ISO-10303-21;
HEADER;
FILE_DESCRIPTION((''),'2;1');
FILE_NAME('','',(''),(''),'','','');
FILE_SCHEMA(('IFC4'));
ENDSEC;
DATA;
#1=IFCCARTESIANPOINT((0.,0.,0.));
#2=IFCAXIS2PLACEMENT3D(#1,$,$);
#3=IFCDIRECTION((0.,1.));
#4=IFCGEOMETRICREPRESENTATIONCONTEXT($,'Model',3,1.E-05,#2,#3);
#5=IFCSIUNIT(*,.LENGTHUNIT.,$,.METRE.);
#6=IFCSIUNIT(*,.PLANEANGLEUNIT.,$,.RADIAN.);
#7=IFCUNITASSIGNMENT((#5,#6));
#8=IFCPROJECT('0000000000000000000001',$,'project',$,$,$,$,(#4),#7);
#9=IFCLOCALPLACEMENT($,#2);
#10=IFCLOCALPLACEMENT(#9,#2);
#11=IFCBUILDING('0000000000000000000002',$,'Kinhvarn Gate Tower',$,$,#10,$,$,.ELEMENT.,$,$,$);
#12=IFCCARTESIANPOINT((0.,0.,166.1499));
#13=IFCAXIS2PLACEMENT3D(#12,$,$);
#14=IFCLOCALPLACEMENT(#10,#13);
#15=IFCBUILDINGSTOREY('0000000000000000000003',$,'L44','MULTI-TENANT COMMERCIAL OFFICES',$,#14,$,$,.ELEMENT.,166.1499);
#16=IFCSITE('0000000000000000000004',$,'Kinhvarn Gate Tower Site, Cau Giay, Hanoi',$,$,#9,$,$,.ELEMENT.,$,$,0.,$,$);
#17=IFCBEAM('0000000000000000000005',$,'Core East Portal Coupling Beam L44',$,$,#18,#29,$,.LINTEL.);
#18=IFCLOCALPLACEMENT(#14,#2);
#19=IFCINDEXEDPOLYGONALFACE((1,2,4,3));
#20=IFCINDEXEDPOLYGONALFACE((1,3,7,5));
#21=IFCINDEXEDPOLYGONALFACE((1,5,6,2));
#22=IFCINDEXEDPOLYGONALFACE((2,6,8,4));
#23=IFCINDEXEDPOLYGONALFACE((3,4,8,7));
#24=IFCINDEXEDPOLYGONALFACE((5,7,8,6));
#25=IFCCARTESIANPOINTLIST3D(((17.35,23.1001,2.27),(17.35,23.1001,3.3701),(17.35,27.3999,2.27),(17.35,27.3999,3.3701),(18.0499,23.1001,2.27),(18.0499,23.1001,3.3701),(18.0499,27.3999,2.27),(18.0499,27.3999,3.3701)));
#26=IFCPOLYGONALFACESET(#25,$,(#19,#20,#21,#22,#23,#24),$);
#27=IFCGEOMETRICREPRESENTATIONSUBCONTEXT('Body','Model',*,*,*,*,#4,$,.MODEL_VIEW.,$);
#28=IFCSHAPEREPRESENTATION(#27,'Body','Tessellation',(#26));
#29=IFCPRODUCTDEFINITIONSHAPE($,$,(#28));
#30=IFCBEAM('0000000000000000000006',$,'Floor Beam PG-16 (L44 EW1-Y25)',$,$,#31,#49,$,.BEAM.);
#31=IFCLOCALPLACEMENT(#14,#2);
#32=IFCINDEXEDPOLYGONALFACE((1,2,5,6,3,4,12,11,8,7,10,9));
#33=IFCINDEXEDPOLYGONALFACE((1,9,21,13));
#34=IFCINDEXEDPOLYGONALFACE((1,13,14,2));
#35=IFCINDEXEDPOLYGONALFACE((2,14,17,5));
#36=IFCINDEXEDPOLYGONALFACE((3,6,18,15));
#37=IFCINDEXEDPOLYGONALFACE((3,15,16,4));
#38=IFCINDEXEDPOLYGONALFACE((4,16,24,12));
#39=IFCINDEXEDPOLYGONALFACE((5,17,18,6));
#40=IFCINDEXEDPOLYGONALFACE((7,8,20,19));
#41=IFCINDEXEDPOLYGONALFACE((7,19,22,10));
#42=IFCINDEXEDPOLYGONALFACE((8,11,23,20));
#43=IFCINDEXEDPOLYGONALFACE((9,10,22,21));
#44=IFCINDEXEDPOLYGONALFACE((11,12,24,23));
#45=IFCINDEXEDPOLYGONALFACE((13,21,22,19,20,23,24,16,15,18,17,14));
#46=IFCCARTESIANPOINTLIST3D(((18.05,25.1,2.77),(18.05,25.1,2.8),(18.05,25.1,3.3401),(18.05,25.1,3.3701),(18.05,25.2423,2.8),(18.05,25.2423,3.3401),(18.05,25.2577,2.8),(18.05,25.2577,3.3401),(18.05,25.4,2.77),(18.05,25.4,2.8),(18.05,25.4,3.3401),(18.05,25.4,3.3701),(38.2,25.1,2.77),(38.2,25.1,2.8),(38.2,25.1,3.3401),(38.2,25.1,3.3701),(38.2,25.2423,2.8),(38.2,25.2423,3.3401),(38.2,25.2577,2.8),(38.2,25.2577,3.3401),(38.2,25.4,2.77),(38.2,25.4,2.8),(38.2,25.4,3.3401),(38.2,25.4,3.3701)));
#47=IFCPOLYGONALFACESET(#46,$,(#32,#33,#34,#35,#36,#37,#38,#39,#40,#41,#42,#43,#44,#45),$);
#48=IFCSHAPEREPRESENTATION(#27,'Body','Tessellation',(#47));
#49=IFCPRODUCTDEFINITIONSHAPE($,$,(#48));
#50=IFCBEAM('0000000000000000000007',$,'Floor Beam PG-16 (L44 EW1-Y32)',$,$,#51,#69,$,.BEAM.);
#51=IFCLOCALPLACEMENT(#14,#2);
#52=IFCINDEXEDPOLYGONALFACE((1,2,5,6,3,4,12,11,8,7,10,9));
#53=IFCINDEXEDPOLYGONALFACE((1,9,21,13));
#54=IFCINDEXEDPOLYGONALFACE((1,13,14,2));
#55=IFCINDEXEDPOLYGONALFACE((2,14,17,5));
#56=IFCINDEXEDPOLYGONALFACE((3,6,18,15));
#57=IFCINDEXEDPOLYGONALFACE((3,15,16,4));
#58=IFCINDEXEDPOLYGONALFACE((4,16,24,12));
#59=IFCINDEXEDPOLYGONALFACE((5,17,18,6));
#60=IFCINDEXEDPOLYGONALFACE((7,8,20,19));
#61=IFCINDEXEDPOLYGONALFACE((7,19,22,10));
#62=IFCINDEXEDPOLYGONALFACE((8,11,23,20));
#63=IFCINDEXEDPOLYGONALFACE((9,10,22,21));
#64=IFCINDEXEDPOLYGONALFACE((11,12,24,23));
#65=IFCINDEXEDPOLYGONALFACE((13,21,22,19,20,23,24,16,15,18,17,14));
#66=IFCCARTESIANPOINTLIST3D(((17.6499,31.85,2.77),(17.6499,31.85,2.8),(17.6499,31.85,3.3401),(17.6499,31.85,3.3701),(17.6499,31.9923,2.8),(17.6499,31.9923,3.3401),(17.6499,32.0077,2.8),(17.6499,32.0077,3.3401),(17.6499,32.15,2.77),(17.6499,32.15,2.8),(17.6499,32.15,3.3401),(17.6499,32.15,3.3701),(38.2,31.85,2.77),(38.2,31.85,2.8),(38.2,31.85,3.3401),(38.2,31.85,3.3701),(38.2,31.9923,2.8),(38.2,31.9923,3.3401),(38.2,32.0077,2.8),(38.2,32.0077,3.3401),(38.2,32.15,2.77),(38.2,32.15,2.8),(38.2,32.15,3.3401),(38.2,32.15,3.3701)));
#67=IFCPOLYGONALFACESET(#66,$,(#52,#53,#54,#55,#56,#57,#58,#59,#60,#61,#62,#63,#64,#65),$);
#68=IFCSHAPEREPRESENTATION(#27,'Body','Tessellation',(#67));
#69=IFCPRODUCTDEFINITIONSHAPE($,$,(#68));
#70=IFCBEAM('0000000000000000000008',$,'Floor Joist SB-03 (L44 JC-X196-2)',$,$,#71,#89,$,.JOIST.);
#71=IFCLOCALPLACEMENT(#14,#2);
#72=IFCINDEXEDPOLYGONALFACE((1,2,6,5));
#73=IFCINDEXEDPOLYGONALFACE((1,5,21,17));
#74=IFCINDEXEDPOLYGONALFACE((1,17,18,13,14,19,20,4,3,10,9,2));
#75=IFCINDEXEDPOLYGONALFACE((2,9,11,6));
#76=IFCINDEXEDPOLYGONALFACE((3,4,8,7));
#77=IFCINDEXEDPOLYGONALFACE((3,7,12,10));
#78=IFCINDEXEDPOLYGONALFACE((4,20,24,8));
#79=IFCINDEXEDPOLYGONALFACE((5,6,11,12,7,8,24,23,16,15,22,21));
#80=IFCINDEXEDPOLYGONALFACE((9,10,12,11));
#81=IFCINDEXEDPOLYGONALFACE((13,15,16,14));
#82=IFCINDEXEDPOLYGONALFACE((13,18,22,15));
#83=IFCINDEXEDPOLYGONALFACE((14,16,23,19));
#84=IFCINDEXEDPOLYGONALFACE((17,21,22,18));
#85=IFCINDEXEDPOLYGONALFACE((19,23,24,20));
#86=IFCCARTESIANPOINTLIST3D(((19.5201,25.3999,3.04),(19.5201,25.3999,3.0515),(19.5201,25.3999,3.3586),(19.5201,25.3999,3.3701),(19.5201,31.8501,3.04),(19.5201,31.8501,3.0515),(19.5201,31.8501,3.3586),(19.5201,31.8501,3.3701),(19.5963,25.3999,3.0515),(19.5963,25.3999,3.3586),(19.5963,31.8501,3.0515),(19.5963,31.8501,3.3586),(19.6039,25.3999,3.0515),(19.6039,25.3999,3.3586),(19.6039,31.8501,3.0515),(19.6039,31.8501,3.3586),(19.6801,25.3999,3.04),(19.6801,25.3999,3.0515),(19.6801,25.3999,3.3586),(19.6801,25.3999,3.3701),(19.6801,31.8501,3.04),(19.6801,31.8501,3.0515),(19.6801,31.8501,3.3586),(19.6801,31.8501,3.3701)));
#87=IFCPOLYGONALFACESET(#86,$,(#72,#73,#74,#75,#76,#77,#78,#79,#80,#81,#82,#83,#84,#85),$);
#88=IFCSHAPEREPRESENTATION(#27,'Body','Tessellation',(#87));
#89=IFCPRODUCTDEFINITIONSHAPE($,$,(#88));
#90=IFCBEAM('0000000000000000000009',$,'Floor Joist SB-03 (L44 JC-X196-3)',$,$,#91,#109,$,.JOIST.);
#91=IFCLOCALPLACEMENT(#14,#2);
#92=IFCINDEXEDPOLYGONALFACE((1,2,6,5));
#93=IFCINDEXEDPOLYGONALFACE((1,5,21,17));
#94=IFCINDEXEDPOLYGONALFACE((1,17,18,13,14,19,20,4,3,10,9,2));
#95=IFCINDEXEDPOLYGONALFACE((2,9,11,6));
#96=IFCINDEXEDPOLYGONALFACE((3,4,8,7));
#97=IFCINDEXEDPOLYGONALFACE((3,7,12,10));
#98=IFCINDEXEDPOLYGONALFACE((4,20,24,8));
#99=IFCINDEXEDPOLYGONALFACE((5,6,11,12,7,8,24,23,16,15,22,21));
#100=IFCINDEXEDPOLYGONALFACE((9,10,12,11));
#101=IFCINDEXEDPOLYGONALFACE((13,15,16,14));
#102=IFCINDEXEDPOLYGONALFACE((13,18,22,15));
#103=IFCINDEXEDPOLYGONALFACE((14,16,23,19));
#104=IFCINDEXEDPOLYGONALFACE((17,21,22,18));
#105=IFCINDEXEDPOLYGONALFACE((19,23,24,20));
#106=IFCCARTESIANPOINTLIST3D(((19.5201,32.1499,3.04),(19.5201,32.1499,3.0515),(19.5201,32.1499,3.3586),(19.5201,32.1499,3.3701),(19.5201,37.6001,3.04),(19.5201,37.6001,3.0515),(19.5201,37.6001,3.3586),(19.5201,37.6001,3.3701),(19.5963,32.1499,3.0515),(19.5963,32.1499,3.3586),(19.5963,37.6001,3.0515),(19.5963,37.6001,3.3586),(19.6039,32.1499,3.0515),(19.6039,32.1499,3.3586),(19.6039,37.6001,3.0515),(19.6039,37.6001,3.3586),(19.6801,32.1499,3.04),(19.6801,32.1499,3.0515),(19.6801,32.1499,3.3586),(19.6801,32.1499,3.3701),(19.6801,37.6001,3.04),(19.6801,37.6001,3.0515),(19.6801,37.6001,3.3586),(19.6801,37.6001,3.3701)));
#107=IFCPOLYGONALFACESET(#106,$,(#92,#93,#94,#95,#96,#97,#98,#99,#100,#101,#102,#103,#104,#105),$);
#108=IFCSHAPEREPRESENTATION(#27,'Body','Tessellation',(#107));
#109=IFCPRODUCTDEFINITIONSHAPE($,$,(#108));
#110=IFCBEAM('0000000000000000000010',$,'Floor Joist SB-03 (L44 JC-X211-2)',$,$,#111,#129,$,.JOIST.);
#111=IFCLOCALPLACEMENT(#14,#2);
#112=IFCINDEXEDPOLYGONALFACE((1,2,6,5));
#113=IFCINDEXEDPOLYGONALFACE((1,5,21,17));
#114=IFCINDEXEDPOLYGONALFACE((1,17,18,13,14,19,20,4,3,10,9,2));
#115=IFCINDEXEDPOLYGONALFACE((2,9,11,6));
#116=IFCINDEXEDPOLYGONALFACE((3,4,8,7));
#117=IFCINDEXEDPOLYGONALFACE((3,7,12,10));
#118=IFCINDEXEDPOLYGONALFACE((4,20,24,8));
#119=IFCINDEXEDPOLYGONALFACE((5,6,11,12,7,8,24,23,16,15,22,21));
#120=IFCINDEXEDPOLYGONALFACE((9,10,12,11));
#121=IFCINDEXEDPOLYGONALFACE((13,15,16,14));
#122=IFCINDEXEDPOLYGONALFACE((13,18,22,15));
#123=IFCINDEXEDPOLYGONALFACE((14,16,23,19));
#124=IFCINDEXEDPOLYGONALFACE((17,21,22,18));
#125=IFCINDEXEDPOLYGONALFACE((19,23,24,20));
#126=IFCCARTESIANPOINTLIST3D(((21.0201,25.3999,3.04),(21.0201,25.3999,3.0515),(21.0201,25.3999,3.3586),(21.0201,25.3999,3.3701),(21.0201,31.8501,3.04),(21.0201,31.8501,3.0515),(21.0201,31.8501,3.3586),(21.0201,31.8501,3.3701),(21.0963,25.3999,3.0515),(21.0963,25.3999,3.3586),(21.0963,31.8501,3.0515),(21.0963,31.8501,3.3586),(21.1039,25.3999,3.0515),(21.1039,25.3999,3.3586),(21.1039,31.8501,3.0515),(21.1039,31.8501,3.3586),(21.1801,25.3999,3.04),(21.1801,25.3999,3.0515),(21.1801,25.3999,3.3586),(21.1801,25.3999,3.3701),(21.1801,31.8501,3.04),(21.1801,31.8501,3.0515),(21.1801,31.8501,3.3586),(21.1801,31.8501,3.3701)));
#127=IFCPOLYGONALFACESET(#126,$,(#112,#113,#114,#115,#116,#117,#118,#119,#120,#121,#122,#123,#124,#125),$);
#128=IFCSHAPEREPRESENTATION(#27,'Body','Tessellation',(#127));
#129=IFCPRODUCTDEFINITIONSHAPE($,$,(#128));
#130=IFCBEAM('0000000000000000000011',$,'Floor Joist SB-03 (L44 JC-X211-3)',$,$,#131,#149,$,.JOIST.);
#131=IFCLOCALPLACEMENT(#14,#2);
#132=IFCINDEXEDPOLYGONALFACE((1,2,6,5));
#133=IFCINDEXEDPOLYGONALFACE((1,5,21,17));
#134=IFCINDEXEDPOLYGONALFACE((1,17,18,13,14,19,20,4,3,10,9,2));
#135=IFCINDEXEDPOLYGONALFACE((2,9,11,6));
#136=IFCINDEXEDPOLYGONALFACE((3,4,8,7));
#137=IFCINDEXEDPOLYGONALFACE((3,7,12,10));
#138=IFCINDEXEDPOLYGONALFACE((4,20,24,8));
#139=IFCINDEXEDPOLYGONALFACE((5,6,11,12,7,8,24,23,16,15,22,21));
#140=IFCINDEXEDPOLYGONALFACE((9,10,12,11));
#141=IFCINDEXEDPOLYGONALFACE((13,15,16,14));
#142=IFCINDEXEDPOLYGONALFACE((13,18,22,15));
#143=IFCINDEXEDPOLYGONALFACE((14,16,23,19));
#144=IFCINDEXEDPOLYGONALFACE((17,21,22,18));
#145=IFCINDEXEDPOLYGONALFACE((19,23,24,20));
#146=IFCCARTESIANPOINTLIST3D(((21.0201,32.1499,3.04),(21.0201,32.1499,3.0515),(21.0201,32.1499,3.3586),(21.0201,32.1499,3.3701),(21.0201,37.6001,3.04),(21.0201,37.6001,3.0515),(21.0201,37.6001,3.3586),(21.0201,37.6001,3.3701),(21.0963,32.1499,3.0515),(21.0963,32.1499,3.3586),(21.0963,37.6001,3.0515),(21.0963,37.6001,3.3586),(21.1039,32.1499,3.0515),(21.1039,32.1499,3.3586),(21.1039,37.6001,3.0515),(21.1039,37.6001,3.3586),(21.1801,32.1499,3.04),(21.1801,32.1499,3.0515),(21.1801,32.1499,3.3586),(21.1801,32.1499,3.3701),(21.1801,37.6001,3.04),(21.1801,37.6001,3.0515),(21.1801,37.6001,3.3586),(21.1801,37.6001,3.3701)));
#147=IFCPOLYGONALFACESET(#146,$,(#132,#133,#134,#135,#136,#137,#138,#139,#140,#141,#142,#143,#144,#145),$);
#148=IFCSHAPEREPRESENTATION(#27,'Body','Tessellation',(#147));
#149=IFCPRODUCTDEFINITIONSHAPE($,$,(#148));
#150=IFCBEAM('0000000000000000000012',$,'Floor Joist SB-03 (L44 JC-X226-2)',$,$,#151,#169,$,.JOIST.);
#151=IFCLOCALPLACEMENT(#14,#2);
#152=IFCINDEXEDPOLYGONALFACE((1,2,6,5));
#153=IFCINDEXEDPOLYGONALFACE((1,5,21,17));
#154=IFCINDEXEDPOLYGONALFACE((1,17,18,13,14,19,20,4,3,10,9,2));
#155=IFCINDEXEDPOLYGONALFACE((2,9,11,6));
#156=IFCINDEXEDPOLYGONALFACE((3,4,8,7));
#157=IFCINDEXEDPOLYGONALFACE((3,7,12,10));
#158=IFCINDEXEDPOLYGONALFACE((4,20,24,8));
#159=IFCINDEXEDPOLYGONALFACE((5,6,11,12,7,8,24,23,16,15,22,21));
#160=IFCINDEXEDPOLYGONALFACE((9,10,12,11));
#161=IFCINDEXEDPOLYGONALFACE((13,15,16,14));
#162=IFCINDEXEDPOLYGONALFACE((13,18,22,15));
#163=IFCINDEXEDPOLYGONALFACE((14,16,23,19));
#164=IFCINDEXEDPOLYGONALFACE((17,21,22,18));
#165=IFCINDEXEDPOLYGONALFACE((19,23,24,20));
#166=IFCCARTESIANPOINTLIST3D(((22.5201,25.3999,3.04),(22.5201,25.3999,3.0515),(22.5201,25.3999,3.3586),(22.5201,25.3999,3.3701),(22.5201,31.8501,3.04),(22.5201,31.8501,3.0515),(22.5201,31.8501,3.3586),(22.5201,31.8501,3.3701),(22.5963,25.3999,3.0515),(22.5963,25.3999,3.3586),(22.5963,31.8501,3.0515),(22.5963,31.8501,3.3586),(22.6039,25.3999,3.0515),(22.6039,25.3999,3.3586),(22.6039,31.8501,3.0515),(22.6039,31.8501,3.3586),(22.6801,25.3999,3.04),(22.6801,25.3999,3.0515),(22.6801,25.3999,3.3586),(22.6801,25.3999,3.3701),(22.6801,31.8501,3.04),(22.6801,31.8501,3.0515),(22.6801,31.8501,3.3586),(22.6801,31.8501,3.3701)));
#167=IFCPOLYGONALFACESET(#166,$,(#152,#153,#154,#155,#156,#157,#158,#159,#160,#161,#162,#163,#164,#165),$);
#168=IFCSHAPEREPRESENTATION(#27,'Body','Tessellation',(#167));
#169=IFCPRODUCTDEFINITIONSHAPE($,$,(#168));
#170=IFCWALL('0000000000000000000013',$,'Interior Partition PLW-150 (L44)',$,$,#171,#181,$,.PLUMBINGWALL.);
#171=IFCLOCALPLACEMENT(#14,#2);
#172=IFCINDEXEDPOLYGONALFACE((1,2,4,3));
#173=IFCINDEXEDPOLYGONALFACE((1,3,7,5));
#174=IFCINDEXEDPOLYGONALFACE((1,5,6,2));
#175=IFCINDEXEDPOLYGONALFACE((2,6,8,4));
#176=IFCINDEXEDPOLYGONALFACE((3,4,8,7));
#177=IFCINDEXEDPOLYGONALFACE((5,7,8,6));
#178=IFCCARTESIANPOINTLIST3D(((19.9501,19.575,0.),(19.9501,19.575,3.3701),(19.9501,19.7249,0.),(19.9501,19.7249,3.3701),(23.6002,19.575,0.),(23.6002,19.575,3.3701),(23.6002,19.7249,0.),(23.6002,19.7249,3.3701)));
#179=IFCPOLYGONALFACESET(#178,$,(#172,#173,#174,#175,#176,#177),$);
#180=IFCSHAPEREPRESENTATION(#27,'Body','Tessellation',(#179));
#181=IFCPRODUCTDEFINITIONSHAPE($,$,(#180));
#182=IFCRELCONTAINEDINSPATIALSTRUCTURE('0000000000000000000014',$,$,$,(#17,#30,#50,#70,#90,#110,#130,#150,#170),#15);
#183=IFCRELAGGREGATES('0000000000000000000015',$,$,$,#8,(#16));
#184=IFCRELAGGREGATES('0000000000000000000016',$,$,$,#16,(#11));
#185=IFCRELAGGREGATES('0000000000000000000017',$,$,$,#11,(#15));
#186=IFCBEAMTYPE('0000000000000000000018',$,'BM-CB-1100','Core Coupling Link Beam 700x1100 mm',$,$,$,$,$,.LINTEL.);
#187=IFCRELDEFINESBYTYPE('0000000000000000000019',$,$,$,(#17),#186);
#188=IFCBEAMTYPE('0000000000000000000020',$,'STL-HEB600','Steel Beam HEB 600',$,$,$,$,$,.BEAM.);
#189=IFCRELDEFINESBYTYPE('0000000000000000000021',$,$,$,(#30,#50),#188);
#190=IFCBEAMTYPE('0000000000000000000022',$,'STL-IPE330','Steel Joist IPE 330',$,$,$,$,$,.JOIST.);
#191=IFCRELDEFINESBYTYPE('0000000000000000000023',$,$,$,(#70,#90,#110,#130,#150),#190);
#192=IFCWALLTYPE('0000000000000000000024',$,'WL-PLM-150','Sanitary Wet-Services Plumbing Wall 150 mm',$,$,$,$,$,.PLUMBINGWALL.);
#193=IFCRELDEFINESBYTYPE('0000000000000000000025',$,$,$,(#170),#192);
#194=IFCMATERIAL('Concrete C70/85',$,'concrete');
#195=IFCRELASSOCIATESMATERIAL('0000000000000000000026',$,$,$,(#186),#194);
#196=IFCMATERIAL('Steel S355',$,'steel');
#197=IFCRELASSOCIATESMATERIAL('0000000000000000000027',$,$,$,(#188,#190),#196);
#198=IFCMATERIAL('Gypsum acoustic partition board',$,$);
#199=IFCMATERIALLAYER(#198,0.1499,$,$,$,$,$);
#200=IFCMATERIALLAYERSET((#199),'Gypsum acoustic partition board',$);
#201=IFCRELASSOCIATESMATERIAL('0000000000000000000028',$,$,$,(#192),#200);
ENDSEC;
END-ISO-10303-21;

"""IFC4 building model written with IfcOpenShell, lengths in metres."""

from ifc_helpers import new_model, si_unit, direction, frame, frame_2d, origin, origin_2d, place, context, subcontext, project, spatial, rectangle, i_section, extrude, material, layer, layer_set, material_profile, profile_set, type_object, element, save


model = new_model("IFC4")

# Units and contexts
model_context = context("Model", 3, precision=1e-05, world=origin(), true_north=direction((0.0, 1.0)))
body_context = subcontext(model_context, "Body", "Model", "MODEL_VIEW")
ifc_project = project(units=[si_unit("LENGTHUNIT", "METRE"), si_unit("PLANEANGLEUNIT", "RADIAN")], contexts=[model_context])

# Site, building, storey
site_placement = place(None, origin())
site = spatial("IfcSite", under=ifc_project, at=site_placement, Name="Kinhvarn Gate Tower Site, Cau Giay, Hanoi", CompositionType="ELEMENT", RefElevation=0.0)
building_placement = place(site_placement, origin())
building = spatial("IfcBuilding", under=site, at=building_placement, Name="Kinhvarn Gate Tower", CompositionType="ELEMENT")
storey_placement = place(building_placement, frame((0.0, 0.0, 166.1499)))
storey = spatial("IfcBuildingStorey", under=building, at=storey_placement, Name="L44", Description="MULTI-TENANT COMMERCIAL OFFICES", CompositionType="ELEMENT", Elevation=166.1499)

# Beams
ifc_material_1 = material(Name="Concrete C70/85", Category="concrete")
ifc_material_profile_1 = material_profile(ifc_material_1, rectangle(XDim=0.7, YDim=1.1001, at=origin_2d()), Name="RC 700x1100")
ifc_profile_set_1 = profile_set([ifc_material_profile_1], Name="Concrete C70/85")
beam_type_1 = type_object("IfcBeamType", Name="BM-CB-1100", Description="Core Coupling Link Beam 700x1100 mm", PredefinedType="LINTEL", material=ifc_profile_set_1)
beam_1_placement = place(storey_placement, frame((17.7, 23.1001, 2.8201), z_axis=(0.0, 1.0, 0.0), x_axis=(-1.0, 0.0, 0.0)))
element("IfcBeam", 1, at=beam_1_placement, inside=storey, type_object=beam_type_1, Name="Core East Portal Coupling Beam L44", PredefinedType="LINTEL", context=body_context, shape_type="SweptSolid", body=[
    extrude(rectangle(XDim=0.7, YDim=1.1001, at=origin_2d()), origin(), (0.0, 0.0, 1.0), 4.2998),
])
ifc_material_2 = material(Name="Steel S355", Category="steel")
ifc_material_profile_2 = material_profile(ifc_material_2, i_section(OverallWidth=0.3, OverallDepth=0.6001, WebThickness=0.0154, FlangeThickness=0.03, at=origin_2d()), Name="HEB 600")
ifc_profile_set_2 = profile_set([ifc_material_profile_2], Name="Steel S355")
beam_type_2 = type_object("IfcBeamType", Name="STL-HEB600", Description="Steel Beam HEB 600", PredefinedType="BEAM", material=ifc_profile_set_2)
beam_2_placement = place(storey_placement, frame((18.05, 25.25, 3.0701), z_axis=(1.0, 0.0, 0.0), x_axis=(0.0, 1.0, 0.0)))
element("IfcBeam", 2, at=beam_2_placement, inside=storey, type_object=beam_type_2, Name="Floor Beam PG-16 (L44 EW1-Y25)", PredefinedType="BEAM", context=body_context, shape_type="SweptSolid", body=[
    extrude(i_section(OverallWidth=0.3, OverallDepth=0.6001, WebThickness=0.0154, FlangeThickness=0.03, at=origin_2d()), origin(), (0.0, 0.0, 1.0), 20.1499),
])
beam_3_placement = place(storey_placement, frame((17.6499, 32.0, 3.0701), z_axis=(1.0, 0.0, 0.0), x_axis=(0.0, 1.0, 0.0)))
element("IfcBeam", 3, at=beam_3_placement, inside=storey, type_object=beam_type_2, Name="Floor Beam PG-16 (L44 EW1-Y32)", PredefinedType="BEAM", context=body_context, shape_type="SweptSolid", body=[
    extrude(i_section(OverallWidth=0.3, OverallDepth=0.6001, WebThickness=0.0154, FlangeThickness=0.03, at=origin_2d()), origin(), (0.0, 0.0, 1.0), 20.55),
])
ifc_material_profile_3 = material_profile(ifc_material_2, i_section(OverallWidth=0.1599, OverallDepth=0.3301, WebThickness=0.0076, FlangeThickness=0.0115, at=origin_2d()), Name="IPE 330")
ifc_profile_set_3 = profile_set([ifc_material_profile_3], Name="Steel S355")
beam_type_3 = type_object("IfcBeamType", Name="STL-IPE330", Description="Steel Joist IPE 330", PredefinedType="JOIST", material=ifc_profile_set_3)
beam_4_placement = place(storey_placement, frame((19.6001, 25.3999, 3.2051), z_axis=(0.0, 1.0, 0.0), x_axis=(-1.0, 0.0, 0.0)))
element("IfcBeam", 4, at=beam_4_placement, inside=storey, type_object=beam_type_3, Name="Floor Joist SB-03 (L44 JC-X196-2)", PredefinedType="JOIST", context=body_context, shape_type="SweptSolid", body=[
    extrude(i_section(OverallWidth=0.1599, OverallDepth=0.3301, WebThickness=0.0076, FlangeThickness=0.0115, at=origin_2d()), origin(), (0.0, 0.0, 1.0), 6.4502),
])
beam_5_placement = place(storey_placement, frame((19.6001, 32.1499, 3.2051), z_axis=(0.0, 1.0, 0.0), x_axis=(-1.0, 0.0, 0.0)))
element("IfcBeam", 5, at=beam_5_placement, inside=storey, type_object=beam_type_3, Name="Floor Joist SB-03 (L44 JC-X196-3)", PredefinedType="JOIST", context=body_context, shape_type="SweptSolid", body=[
    extrude(i_section(OverallWidth=0.1599, OverallDepth=0.3301, WebThickness=0.0076, FlangeThickness=0.0115, at=origin_2d()), origin(), (0.0, 0.0, 1.0), 5.4502),
])
beam_6_placement = place(storey_placement, frame((21.1001, 25.3999, 3.2051), z_axis=(0.0, 1.0, 0.0), x_axis=(-1.0, 0.0, 0.0)))
element("IfcBeam", 6, at=beam_6_placement, inside=storey, type_object=beam_type_3, Name="Floor Joist SB-03 (L44 JC-X211-2)", PredefinedType="JOIST", context=body_context, shape_type="SweptSolid", body=[
    extrude(i_section(OverallWidth=0.1599, OverallDepth=0.3301, WebThickness=0.0076, FlangeThickness=0.0115, at=origin_2d()), origin(), (0.0, 0.0, 1.0), 6.4502),
])
beam_7_placement = place(storey_placement, frame((21.1001, 32.1499, 3.2051), z_axis=(0.0, 1.0, 0.0), x_axis=(-1.0, 0.0, 0.0)))
element("IfcBeam", 7, at=beam_7_placement, inside=storey, type_object=beam_type_3, Name="Floor Joist SB-03 (L44 JC-X211-3)", PredefinedType="JOIST", context=body_context, shape_type="SweptSolid", body=[
    extrude(i_section(OverallWidth=0.1599, OverallDepth=0.3301, WebThickness=0.0076, FlangeThickness=0.0115, at=origin_2d()), origin(), (0.0, 0.0, 1.0), 5.4502),
])
beam_8_placement = place(storey_placement, frame((22.6001, 25.3999, 3.2051), z_axis=(0.0, 1.0, 0.0), x_axis=(-1.0, 0.0, 0.0)))
element("IfcBeam", 8, at=beam_8_placement, inside=storey, type_object=beam_type_3, Name="Floor Joist SB-03 (L44 JC-X226-2)", PredefinedType="JOIST", context=body_context, shape_type="SweptSolid", body=[
    extrude(i_section(OverallWidth=0.1599, OverallDepth=0.3301, WebThickness=0.0076, FlangeThickness=0.0115, at=origin_2d()), origin(), (0.0, 0.0, 1.0), 6.4502),
])

# Wall
ifc_material_3 = material(Name="Gypsum acoustic partition board")
ifc_layer_1 = layer(ifc_material_3, 0.1499)
ifc_layer_set_1 = layer_set([ifc_layer_1], Name="Gypsum acoustic partition board")
wall_type_1 = type_object("IfcWallType", Name="WL-PLM-150", Description="Sanitary Wet-Services Plumbing Wall 150 mm", PredefinedType="PLUMBINGWALL", material=ifc_layer_set_1)
wall_1_placement = place(storey_placement, frame((19.95, 19.6499, 0.0), z_axis=(0.0, 0.0, 1.0), x_axis=(1.0, 0.0, 0.0)))
element("IfcWall", 9, at=wall_1_placement, inside=storey, type_object=wall_type_1, Name="Interior Partition PLW-150 (L44)", PredefinedType="PLUMBINGWALL", context=body_context, shape_type="SweptSolid", body=[
    extrude(rectangle(XDim=3.6501, YDim=0.1499, at=frame_2d((1.8252, 0.0))), origin(), (0.0, 0.0, 1.0), 3.3701),
])

save(model, "model.ifc")
